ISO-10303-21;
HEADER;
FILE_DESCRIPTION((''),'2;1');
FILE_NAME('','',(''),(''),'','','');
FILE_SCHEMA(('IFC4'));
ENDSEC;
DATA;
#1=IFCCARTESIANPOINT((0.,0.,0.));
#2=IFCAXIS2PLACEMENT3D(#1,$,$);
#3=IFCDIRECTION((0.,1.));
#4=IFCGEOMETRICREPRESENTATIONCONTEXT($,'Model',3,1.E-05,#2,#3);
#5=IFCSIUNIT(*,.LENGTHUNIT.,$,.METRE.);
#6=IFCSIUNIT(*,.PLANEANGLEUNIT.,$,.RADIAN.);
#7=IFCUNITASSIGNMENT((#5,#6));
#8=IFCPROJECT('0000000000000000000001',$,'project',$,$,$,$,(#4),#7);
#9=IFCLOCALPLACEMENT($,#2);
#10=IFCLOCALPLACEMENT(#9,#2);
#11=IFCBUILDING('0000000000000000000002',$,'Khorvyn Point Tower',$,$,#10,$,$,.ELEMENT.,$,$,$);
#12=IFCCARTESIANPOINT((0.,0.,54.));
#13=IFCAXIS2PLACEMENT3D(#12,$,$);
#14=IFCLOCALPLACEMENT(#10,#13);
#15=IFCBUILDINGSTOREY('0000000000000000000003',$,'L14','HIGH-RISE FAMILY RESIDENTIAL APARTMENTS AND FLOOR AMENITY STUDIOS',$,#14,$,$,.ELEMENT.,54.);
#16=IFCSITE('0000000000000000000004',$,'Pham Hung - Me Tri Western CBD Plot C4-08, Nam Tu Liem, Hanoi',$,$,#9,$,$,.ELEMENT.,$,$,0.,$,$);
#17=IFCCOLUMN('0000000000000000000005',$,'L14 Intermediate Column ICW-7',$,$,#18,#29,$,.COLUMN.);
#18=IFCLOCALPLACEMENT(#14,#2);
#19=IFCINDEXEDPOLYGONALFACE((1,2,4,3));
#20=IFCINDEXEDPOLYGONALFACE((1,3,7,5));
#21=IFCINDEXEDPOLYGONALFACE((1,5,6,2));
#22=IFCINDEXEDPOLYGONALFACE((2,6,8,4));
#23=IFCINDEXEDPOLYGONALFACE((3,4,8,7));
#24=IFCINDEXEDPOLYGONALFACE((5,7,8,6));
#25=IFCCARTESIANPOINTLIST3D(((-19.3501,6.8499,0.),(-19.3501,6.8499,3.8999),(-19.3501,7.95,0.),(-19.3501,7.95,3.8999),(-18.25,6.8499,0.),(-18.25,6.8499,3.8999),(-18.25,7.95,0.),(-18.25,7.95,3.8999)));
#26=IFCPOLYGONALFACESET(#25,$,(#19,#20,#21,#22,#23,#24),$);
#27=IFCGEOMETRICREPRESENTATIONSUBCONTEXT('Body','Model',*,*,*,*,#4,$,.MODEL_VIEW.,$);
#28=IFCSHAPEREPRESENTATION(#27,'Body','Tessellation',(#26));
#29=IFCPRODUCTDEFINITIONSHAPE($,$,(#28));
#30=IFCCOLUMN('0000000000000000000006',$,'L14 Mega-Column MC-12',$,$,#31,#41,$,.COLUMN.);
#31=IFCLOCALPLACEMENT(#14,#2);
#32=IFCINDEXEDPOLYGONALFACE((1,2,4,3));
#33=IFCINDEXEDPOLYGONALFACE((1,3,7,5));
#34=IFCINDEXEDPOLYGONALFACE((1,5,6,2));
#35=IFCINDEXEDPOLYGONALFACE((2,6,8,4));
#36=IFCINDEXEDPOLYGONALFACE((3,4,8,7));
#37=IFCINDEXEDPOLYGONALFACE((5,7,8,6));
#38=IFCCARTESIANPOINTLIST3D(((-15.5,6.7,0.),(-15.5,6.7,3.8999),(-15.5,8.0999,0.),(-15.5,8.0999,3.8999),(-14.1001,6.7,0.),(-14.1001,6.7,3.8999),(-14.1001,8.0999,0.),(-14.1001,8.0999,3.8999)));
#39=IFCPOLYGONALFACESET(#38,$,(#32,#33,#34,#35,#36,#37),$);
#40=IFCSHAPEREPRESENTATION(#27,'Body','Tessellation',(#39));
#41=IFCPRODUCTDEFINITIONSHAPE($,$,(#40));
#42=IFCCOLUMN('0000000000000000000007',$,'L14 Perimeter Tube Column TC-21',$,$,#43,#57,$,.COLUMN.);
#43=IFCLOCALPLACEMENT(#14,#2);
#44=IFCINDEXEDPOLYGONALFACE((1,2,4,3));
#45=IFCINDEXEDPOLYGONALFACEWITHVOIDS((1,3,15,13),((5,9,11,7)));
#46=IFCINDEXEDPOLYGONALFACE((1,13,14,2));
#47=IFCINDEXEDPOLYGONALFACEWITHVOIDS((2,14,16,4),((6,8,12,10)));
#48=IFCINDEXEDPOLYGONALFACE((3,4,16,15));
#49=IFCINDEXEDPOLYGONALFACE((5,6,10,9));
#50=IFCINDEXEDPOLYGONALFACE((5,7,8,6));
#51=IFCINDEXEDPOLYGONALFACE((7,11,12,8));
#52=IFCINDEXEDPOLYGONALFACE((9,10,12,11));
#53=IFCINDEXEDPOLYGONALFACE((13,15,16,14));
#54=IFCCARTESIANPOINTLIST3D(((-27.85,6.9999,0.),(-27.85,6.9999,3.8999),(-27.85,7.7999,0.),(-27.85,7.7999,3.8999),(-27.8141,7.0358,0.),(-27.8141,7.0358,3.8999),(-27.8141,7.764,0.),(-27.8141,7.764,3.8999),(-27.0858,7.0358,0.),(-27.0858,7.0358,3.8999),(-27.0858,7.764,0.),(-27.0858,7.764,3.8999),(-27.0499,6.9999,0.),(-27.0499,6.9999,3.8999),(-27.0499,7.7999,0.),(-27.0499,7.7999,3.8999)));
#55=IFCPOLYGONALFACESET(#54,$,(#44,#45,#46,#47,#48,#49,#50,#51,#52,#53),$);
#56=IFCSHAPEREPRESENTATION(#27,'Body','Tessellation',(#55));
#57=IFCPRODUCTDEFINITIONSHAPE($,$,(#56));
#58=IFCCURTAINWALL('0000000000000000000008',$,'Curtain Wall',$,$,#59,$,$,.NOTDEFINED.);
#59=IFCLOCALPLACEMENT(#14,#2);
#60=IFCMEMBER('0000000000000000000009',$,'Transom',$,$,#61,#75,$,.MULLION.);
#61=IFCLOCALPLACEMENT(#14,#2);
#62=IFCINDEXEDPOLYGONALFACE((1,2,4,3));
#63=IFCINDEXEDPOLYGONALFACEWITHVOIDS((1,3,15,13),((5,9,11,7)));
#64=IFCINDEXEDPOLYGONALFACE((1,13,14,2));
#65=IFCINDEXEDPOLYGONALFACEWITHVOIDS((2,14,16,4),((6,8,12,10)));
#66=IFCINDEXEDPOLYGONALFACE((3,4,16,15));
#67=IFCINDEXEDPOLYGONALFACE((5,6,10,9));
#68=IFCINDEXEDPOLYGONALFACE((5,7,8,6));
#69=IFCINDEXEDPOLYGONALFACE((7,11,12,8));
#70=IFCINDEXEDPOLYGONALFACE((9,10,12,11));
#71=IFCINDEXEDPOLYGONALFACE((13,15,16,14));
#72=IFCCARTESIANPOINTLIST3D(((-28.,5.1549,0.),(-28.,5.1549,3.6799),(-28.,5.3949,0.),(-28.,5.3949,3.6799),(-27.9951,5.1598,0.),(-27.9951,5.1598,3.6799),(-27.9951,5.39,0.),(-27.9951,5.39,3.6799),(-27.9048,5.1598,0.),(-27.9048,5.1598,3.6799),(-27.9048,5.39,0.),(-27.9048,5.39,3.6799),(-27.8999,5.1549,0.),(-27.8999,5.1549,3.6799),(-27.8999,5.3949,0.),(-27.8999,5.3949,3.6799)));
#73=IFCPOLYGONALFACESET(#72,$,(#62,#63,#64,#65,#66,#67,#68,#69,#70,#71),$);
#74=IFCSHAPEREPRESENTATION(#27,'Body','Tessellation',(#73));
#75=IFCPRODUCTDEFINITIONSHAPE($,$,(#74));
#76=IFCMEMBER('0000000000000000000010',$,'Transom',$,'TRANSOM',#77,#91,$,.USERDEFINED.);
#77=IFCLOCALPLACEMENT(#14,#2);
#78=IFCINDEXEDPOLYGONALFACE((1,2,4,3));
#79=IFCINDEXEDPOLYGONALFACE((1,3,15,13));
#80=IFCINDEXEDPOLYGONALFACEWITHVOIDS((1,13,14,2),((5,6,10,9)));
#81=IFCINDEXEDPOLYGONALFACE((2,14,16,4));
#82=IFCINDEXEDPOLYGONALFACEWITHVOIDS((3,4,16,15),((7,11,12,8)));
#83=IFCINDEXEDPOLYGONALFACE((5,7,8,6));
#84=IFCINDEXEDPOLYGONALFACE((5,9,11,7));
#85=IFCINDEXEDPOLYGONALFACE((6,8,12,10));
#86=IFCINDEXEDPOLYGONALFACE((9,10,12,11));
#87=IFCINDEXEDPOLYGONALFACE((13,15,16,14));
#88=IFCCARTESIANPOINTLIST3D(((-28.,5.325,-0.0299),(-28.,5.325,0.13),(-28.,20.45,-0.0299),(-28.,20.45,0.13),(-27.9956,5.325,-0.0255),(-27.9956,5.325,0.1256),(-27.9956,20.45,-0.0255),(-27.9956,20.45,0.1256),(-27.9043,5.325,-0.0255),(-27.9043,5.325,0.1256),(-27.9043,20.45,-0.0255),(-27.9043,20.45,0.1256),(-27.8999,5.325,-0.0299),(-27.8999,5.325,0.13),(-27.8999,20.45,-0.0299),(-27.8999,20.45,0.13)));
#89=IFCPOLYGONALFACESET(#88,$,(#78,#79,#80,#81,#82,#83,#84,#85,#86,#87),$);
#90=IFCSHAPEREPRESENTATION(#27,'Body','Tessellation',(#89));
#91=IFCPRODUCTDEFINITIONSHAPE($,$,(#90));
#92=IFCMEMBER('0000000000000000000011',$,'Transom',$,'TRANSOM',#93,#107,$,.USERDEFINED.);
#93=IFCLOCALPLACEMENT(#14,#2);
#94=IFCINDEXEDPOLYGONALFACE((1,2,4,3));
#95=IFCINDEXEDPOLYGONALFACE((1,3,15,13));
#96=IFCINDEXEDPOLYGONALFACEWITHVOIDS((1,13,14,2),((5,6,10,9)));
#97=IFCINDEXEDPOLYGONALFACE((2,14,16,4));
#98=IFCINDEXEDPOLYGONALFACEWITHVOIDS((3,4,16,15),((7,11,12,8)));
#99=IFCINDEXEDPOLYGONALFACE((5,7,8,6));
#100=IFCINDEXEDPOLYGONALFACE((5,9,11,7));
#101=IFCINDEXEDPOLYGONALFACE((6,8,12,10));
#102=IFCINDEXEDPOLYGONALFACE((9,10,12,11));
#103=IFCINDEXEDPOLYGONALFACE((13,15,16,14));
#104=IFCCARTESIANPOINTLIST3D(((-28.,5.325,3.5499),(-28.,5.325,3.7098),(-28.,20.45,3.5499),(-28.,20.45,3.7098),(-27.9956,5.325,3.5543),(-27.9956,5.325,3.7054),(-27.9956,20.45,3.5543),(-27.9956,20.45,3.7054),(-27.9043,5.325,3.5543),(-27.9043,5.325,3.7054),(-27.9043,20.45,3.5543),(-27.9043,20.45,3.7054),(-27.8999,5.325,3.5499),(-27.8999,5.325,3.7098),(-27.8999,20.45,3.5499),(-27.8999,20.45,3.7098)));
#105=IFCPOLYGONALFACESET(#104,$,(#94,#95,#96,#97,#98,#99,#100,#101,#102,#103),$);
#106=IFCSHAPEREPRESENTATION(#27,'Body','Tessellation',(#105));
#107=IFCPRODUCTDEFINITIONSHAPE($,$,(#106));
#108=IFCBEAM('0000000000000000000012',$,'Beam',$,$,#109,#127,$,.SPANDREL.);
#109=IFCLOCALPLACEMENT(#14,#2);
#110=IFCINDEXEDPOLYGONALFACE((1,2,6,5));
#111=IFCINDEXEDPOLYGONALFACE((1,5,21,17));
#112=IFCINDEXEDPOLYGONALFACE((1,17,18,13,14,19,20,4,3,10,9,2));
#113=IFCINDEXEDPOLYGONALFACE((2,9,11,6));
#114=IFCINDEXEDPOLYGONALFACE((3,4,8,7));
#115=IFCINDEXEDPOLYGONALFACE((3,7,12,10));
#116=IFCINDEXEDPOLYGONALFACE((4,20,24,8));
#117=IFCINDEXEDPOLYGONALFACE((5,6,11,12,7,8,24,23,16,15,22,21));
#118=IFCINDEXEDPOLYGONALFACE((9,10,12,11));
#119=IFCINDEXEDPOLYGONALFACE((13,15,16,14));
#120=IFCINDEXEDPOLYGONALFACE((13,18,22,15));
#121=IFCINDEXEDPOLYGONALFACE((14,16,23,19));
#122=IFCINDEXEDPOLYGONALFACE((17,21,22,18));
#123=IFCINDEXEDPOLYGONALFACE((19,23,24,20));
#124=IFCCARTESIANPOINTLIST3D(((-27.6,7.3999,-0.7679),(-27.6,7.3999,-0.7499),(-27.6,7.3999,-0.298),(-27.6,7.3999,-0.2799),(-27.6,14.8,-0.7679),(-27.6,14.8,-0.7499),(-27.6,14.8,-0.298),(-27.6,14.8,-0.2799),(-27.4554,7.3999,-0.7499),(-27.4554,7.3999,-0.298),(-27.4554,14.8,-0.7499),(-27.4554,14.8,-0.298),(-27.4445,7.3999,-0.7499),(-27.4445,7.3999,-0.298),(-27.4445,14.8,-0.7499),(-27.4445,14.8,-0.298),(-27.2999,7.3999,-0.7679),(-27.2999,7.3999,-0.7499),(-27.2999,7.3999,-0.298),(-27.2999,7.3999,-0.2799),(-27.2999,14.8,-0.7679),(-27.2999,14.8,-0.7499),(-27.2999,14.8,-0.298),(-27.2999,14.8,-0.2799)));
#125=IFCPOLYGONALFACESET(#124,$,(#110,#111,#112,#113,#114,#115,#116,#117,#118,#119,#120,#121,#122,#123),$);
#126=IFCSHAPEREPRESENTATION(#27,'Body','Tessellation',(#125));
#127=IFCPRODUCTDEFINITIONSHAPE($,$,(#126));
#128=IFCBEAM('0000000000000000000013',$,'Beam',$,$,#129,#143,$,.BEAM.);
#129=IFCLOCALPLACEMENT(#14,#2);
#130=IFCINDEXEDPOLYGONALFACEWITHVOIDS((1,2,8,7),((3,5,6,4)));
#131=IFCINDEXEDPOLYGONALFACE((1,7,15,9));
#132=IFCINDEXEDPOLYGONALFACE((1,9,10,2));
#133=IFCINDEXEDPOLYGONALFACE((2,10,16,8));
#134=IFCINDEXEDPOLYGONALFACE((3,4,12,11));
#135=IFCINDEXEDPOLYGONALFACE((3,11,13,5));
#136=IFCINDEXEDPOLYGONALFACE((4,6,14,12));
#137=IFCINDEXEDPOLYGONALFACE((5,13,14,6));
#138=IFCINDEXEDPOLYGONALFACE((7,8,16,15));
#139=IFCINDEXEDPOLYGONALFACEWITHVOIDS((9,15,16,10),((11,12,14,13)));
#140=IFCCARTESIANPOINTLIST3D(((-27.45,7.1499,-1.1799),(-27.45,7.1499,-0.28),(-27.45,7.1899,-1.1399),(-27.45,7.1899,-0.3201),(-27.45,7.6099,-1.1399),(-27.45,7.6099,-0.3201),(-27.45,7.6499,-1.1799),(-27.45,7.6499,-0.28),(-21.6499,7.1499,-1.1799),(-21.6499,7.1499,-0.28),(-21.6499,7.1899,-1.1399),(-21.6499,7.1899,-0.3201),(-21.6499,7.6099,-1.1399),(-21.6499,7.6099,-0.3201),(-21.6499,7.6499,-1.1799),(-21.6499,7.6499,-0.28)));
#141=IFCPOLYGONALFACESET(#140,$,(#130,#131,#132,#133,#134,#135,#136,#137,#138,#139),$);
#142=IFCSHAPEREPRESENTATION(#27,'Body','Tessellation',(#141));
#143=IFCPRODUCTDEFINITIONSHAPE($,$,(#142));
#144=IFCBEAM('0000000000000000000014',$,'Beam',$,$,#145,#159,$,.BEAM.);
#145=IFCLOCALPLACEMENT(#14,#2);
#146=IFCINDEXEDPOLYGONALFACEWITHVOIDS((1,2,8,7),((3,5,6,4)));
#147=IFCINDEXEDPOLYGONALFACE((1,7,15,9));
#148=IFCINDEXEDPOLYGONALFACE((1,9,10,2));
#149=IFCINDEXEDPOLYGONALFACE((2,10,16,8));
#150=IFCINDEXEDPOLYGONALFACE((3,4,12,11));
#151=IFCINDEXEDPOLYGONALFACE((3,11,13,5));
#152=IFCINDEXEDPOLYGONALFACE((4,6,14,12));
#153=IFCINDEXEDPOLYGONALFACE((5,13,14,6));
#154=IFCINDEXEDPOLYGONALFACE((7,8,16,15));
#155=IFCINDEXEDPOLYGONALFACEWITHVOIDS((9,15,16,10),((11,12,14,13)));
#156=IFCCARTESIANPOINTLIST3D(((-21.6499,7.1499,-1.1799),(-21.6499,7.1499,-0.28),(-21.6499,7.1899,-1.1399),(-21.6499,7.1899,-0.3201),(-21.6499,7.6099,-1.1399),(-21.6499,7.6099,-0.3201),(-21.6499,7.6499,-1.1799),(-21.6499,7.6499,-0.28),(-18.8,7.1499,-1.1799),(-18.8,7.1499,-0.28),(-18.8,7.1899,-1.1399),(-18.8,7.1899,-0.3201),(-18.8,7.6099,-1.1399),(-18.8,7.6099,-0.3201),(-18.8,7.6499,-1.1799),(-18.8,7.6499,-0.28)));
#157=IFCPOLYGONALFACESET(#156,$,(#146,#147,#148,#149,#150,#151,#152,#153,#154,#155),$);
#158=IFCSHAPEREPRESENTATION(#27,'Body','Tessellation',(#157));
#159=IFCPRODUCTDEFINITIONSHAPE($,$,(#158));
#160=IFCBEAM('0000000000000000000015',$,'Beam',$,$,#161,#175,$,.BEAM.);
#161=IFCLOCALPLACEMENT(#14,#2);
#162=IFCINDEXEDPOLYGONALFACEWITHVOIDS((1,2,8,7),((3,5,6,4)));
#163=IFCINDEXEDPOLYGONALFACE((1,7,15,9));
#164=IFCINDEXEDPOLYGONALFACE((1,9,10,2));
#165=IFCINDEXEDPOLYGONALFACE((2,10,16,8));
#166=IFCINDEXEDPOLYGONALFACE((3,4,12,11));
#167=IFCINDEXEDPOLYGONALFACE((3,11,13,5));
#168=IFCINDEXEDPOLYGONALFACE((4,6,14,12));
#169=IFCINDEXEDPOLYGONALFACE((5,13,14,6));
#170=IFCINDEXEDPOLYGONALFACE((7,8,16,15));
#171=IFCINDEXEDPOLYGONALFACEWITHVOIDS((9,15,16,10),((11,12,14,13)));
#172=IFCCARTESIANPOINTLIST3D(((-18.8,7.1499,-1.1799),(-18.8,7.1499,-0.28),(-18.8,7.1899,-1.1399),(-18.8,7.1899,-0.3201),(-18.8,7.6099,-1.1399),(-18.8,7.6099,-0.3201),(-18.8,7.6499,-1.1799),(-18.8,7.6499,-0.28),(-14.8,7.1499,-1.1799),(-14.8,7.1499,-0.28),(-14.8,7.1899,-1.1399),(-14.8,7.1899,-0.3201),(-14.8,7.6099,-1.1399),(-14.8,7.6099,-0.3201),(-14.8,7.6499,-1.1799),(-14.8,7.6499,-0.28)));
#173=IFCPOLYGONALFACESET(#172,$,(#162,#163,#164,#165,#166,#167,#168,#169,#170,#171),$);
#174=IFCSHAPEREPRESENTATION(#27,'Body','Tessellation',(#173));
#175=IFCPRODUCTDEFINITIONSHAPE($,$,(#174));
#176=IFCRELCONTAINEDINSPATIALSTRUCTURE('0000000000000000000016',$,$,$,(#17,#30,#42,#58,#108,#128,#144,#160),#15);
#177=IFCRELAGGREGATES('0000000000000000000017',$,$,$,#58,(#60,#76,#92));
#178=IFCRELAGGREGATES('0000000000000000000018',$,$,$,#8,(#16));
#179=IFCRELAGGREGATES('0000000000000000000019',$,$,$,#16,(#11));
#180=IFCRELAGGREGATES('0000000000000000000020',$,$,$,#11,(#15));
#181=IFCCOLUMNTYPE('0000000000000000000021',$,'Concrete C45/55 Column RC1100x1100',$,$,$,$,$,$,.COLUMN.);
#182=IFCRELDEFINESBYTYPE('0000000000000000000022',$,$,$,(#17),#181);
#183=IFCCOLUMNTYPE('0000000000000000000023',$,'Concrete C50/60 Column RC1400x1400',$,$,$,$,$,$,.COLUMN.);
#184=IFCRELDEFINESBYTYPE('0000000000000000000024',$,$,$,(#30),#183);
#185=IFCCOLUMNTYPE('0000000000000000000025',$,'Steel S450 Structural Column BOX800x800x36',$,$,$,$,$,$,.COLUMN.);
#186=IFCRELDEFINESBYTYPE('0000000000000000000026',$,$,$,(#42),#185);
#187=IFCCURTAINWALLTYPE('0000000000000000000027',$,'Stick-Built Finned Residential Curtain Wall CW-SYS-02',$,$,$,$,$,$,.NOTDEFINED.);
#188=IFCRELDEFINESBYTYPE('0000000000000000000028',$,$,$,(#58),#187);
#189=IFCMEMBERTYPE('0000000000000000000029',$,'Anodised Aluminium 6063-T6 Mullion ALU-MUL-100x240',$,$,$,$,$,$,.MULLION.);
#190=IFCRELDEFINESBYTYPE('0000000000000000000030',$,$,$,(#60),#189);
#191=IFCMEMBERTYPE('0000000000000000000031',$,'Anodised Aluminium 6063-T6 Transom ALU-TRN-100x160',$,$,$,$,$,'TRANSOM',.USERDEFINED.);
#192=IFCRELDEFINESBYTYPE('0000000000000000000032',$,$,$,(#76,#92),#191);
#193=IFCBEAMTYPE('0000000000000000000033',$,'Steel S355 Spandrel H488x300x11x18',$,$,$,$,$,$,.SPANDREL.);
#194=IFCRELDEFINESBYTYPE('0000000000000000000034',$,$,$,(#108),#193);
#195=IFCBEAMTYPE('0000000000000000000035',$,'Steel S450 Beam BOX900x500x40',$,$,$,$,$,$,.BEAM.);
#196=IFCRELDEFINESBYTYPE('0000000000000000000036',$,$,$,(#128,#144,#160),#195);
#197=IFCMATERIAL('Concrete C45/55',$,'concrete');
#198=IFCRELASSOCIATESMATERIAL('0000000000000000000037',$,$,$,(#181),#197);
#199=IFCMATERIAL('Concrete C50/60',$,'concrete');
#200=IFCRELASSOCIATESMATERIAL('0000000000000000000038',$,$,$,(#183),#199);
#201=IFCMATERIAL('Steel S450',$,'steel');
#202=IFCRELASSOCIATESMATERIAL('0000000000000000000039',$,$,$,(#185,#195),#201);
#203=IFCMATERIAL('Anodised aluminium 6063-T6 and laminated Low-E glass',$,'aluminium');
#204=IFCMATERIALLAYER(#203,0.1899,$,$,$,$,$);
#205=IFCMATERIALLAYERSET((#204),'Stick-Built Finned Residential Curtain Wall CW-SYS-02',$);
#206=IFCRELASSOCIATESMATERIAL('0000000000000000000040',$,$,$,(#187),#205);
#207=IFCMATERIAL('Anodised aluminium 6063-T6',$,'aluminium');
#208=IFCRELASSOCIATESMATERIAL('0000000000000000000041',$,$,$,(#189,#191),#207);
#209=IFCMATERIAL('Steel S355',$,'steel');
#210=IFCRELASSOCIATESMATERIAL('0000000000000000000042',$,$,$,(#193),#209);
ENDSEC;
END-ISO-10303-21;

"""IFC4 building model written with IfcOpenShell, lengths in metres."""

from ifc_helpers import new_model, si_unit, direction, frame, origin, origin_2d, place, context, subcontext, project, spatial, rectangle, hollow_rectangle, i_section, extrude, material, layer, layer_set, material_profile, profile_set, type_object, element, aggregate, save


model = new_model("IFC4")

# Units and contexts
model_context = context("Model", 3, precision=1e-05, world=origin(), true_north=direction((0.0, 1.0)))
body_context = subcontext(model_context, "Body", "Model", "MODEL_VIEW")
ifc_project = project(units=[si_unit("LENGTHUNIT", "METRE"), si_unit("PLANEANGLEUNIT", "RADIAN")], contexts=[model_context])

# Site, building, storey
site_placement = place(None, origin())
site = spatial("IfcSite", under=ifc_project, at=site_placement, Name="Pham Hung - Me Tri Western CBD Plot C4-08, Nam Tu Liem, Hanoi", CompositionType="ELEMENT", RefElevation=0.0)
building_placement = place(site_placement, origin())
building = spatial("IfcBuilding", under=site, at=building_placement, Name="Khorvyn Point Tower", CompositionType="ELEMENT")
storey_placement = place(building_placement, frame((0.0, 0.0, 54.0)))
storey = spatial("IfcBuildingStorey", under=building, at=storey_placement, Name="L14", Description="HIGH-RISE FAMILY RESIDENTIAL APARTMENTS AND FLOOR AMENITY STUDIOS", CompositionType="ELEMENT", Elevation=54.0)

# Columns
ifc_material_1 = material(Name="Concrete C45/55", Category="concrete")
ifc_material_profile_1 = material_profile(ifc_material_1, rectangle(XDim=1.1001, YDim=1.1001, at=origin_2d()))
ifc_profile_set_1 = profile_set([ifc_material_profile_1], Name="Concrete C45/55 RC1100x1100")
column_type_1 = type_object("IfcColumnType", Name="Concrete C45/55 Column RC1100x1100", PredefinedType="COLUMN", material=ifc_profile_set_1)
column_1_placement = place(storey_placement, frame((-18.8, 7.3999, 0.0), z_axis=(0.0, 0.0, 1.0), x_axis=(1.0, 0.0, 0.0)))
element("IfcColumn", 1, at=column_1_placement, inside=storey, type_object=column_type_1, Name="L14 Intermediate Column ICW-7", PredefinedType="COLUMN", context=body_context, shape_type="SweptSolid", body=[
    extrude(rectangle(XDim=1.1001, YDim=1.1001, at=origin_2d()), origin(), (0.0, 0.0, 1.0), 3.8999),
])
ifc_material_2 = material(Name="Concrete C50/60", Category="concrete")
ifc_material_profile_2 = material_profile(ifc_material_2, rectangle(XDim=1.3999, YDim=1.3999, at=origin_2d()))
ifc_profile_set_2 = profile_set([ifc_material_profile_2], Name="Concrete C50/60 RC1400x1400")
column_type_2 = type_object("IfcColumnType", Name="Concrete C50/60 Column RC1400x1400", PredefinedType="COLUMN", material=ifc_profile_set_2)
column_2_placement = place(storey_placement, frame((-14.8, 7.3999, 0.0), z_axis=(0.0, 0.0, 1.0), x_axis=(1.0, 0.0, 0.0)))
element("IfcColumn", 2, at=column_2_placement, inside=storey, type_object=column_type_2, Name="L14 Mega-Column MC-12", PredefinedType="COLUMN", context=body_context, shape_type="SweptSolid", body=[
    extrude(rectangle(XDim=1.3999, YDim=1.3999, at=origin_2d()), origin(), (0.0, 0.0, 1.0), 3.8999),
])
ifc_material_3 = material(Name="Steel S450", Category="steel")
ifc_material_profile_3 = material_profile(ifc_material_3, hollow_rectangle(XDim=0.8, YDim=0.8, WallThickness=0.0359, at=origin_2d()))
ifc_profile_set_3 = profile_set([ifc_material_profile_3], Name="Steel S450 BOX800x800x36")
column_type_3 = type_object("IfcColumnType", Name="Steel S450 Structural Column BOX800x800x36", PredefinedType="COLUMN", material=ifc_profile_set_3)
column_3_placement = place(storey_placement, frame((-27.45, 7.3999, 0.0), z_axis=(0.0, 0.0, 1.0), x_axis=(1.0, 0.0, 0.0)))
element("IfcColumn", 3, at=column_3_placement, inside=storey, type_object=column_type_3, Name="L14 Perimeter Tube Column TC-21", PredefinedType="COLUMN", context=body_context, shape_type="SweptSolid", body=[
    extrude(hollow_rectangle(XDim=0.8, YDim=0.8, WallThickness=0.0359, at=origin_2d()), origin(), (0.0, 0.0, 1.0), 3.8999),
])

# Curtain wall, members
ifc_material_4 = material(Name="Anodised aluminium 6063-T6 and laminated Low-E glass", Category="aluminium")
ifc_layer_1 = layer(ifc_material_4, 0.1899)
ifc_layer_set_1 = layer_set([ifc_layer_1], Name="Stick-Built Finned Residential Curtain Wall CW-SYS-02")
curtain_wall_type = type_object("IfcCurtainWallType", Name="Stick-Built Finned Residential Curtain Wall CW-SYS-02", PredefinedType="NOTDEFINED", material=ifc_layer_set_1)
curtain_wall_placement = place(storey_placement, origin())
curtain_wall = element("IfcCurtainWall", 4, at=curtain_wall_placement, inside=storey, type_object=curtain_wall_type, Name="Curtain Wall", PredefinedType="NOTDEFINED")
ifc_material_5 = material(Name="Anodised aluminium 6063-T6", Category="aluminium")
ifc_material_profile_4 = material_profile(ifc_material_5, hollow_rectangle(XDim=0.1001, YDim=0.24, WallThickness=0.0049, at=origin_2d()))
ifc_profile_set_4 = profile_set([ifc_material_profile_4], Name="Anodised aluminium 6063-T6 ALU-MUL-100x240")
member_type_1 = type_object("IfcMemberType", Name="Anodised Aluminium 6063-T6 Mullion ALU-MUL-100x240", PredefinedType="MULLION", material=ifc_profile_set_4)
member_1_placement = place(storey_placement, frame((-27.95, 5.2749, 0.0), z_axis=(0.0, 0.0, 1.0), x_axis=(-1.0, 0.0, 0.0)))
member_1 = element("IfcMember", 5, at=member_1_placement, type_object=member_type_1, Name="Transom", PredefinedType="MULLION", context=body_context, shape_type="SweptSolid", body=[
    extrude(hollow_rectangle(XDim=0.1001, YDim=0.24, WallThickness=0.0049, at=origin_2d()), origin(), (0.0, 0.0, 1.0), 3.6799),
])
ifc_material_profile_5 = material_profile(ifc_material_5, hollow_rectangle(XDim=0.1001, YDim=0.1599, WallThickness=0.0044, at=origin_2d()))
ifc_profile_set_5 = profile_set([ifc_material_profile_5], Name="Anodised aluminium 6063-T6 ALU-TRN-100x160")
member_type_2 = type_object("IfcMemberType", Name="Anodised Aluminium 6063-T6 Transom ALU-TRN-100x160", ElementType="TRANSOM", PredefinedType="USERDEFINED", material=ifc_profile_set_5)
member_2_placement = place(storey_placement, frame((-27.95, 5.325, 0.05), z_axis=(0.0, 1.0, 0.0), x_axis=(-1.0, 0.0, 0.0)))
member_2 = element("IfcMember", 6, at=member_2_placement, type_object=member_type_2, Name="Transom", ObjectType="TRANSOM", PredefinedType="USERDEFINED", context=body_context, shape_type="SweptSolid", body=[
    extrude(hollow_rectangle(XDim=0.1001, YDim=0.1599, WallThickness=0.0044, at=origin_2d()), origin(), (0.0, 0.0, 1.0), 15.125),
])
member_3_placement = place(storey_placement, frame((-27.95, 5.325, 3.6299), z_axis=(0.0, 1.0, 0.0), x_axis=(-1.0, 0.0, 0.0)))
member_3 = element("IfcMember", 7, at=member_3_placement, type_object=member_type_2, Name="Transom", ObjectType="TRANSOM", PredefinedType="USERDEFINED", context=body_context, shape_type="SweptSolid", body=[
    extrude(hollow_rectangle(XDim=0.1001, YDim=0.1599, WallThickness=0.0044, at=origin_2d()), origin(), (0.0, 0.0, 1.0), 15.125),
])

# Beams
ifc_material_6 = material(Name="Steel S355", Category="steel")
ifc_material_profile_6 = material_profile(ifc_material_6, i_section(OverallWidth=0.3, OverallDepth=0.488, WebThickness=0.011, FlangeThickness=0.0181, at=origin_2d()))
ifc_profile_set_6 = profile_set([ifc_material_profile_6], Name="Steel S355 H488x300x11x18")
beam_type_1 = type_object("IfcBeamType", Name="Steel S355 Spandrel H488x300x11x18", PredefinedType="SPANDREL", material=ifc_profile_set_6)
beam_1_placement = place(storey_placement, frame((-27.45, 7.3999, -0.5239), z_axis=(0.0, 1.0, 0.0), x_axis=(-1.0, 0.0, 0.0)))
element("IfcBeam", 8, at=beam_1_placement, inside=storey, type_object=beam_type_1, Name="Beam", PredefinedType="SPANDREL", context=body_context, shape_type="SweptSolid", body=[
    extrude(i_section(OverallWidth=0.3, OverallDepth=0.488, WebThickness=0.011, FlangeThickness=0.0181, at=origin_2d()), origin(), (0.0, 0.0, 1.0), 7.4001),
])
ifc_material_profile_7 = material_profile(ifc_material_3, hollow_rectangle(XDim=0.5, YDim=0.8999, WallThickness=0.04, at=origin_2d()))
ifc_profile_set_7 = profile_set([ifc_material_profile_7], Name="Steel S450 BOX900x500x40")
beam_type_2 = type_object("IfcBeamType", Name="Steel S450 Beam BOX900x500x40", PredefinedType="BEAM", material=ifc_profile_set_7)
beam_2_placement = place(storey_placement, frame((-27.45, 7.3999, -0.73), z_axis=(1.0, 0.0, 0.0), x_axis=(0.0, 1.0, 0.0)))
element("IfcBeam", 9, at=beam_2_placement, inside=storey, type_object=beam_type_2, Name="Beam", PredefinedType="BEAM", context=body_context, shape_type="SweptSolid", body=[
    extrude(hollow_rectangle(XDim=0.5, YDim=0.8999, WallThickness=0.04, at=origin_2d()), origin(), (0.0, 0.0, 1.0), 5.8),
])
beam_3_placement = place(storey_placement, frame((-21.6499, 7.3999, -0.73), z_axis=(1.0, 0.0, 0.0), x_axis=(0.0, 1.0, 0.0)))
element("IfcBeam", 10, at=beam_3_placement, inside=storey, type_object=beam_type_2, Name="Beam", PredefinedType="BEAM", context=body_context, shape_type="SweptSolid", body=[
    extrude(hollow_rectangle(XDim=0.5, YDim=0.8999, WallThickness=0.04, at=origin_2d()), origin(), (0.0, 0.0, 1.0), 2.8499),
])
beam_4_placement = place(storey_placement, frame((-18.8, 7.3999, -0.73), z_axis=(1.0, 0.0, 0.0), x_axis=(0.0, 1.0, 0.0)))
element("IfcBeam", 11, at=beam_4_placement, inside=storey, type_object=beam_type_2, Name="Beam", PredefinedType="BEAM", context=body_context, shape_type="SweptSolid", body=[
    extrude(hollow_rectangle(XDim=0.5, YDim=0.8999, WallThickness=0.04, at=origin_2d()), origin(), (0.0, 0.0, 1.0), 4.0),
])

aggregate(curtain_wall, [member_1, member_2, member_3])

save(model, "model.ifc")
